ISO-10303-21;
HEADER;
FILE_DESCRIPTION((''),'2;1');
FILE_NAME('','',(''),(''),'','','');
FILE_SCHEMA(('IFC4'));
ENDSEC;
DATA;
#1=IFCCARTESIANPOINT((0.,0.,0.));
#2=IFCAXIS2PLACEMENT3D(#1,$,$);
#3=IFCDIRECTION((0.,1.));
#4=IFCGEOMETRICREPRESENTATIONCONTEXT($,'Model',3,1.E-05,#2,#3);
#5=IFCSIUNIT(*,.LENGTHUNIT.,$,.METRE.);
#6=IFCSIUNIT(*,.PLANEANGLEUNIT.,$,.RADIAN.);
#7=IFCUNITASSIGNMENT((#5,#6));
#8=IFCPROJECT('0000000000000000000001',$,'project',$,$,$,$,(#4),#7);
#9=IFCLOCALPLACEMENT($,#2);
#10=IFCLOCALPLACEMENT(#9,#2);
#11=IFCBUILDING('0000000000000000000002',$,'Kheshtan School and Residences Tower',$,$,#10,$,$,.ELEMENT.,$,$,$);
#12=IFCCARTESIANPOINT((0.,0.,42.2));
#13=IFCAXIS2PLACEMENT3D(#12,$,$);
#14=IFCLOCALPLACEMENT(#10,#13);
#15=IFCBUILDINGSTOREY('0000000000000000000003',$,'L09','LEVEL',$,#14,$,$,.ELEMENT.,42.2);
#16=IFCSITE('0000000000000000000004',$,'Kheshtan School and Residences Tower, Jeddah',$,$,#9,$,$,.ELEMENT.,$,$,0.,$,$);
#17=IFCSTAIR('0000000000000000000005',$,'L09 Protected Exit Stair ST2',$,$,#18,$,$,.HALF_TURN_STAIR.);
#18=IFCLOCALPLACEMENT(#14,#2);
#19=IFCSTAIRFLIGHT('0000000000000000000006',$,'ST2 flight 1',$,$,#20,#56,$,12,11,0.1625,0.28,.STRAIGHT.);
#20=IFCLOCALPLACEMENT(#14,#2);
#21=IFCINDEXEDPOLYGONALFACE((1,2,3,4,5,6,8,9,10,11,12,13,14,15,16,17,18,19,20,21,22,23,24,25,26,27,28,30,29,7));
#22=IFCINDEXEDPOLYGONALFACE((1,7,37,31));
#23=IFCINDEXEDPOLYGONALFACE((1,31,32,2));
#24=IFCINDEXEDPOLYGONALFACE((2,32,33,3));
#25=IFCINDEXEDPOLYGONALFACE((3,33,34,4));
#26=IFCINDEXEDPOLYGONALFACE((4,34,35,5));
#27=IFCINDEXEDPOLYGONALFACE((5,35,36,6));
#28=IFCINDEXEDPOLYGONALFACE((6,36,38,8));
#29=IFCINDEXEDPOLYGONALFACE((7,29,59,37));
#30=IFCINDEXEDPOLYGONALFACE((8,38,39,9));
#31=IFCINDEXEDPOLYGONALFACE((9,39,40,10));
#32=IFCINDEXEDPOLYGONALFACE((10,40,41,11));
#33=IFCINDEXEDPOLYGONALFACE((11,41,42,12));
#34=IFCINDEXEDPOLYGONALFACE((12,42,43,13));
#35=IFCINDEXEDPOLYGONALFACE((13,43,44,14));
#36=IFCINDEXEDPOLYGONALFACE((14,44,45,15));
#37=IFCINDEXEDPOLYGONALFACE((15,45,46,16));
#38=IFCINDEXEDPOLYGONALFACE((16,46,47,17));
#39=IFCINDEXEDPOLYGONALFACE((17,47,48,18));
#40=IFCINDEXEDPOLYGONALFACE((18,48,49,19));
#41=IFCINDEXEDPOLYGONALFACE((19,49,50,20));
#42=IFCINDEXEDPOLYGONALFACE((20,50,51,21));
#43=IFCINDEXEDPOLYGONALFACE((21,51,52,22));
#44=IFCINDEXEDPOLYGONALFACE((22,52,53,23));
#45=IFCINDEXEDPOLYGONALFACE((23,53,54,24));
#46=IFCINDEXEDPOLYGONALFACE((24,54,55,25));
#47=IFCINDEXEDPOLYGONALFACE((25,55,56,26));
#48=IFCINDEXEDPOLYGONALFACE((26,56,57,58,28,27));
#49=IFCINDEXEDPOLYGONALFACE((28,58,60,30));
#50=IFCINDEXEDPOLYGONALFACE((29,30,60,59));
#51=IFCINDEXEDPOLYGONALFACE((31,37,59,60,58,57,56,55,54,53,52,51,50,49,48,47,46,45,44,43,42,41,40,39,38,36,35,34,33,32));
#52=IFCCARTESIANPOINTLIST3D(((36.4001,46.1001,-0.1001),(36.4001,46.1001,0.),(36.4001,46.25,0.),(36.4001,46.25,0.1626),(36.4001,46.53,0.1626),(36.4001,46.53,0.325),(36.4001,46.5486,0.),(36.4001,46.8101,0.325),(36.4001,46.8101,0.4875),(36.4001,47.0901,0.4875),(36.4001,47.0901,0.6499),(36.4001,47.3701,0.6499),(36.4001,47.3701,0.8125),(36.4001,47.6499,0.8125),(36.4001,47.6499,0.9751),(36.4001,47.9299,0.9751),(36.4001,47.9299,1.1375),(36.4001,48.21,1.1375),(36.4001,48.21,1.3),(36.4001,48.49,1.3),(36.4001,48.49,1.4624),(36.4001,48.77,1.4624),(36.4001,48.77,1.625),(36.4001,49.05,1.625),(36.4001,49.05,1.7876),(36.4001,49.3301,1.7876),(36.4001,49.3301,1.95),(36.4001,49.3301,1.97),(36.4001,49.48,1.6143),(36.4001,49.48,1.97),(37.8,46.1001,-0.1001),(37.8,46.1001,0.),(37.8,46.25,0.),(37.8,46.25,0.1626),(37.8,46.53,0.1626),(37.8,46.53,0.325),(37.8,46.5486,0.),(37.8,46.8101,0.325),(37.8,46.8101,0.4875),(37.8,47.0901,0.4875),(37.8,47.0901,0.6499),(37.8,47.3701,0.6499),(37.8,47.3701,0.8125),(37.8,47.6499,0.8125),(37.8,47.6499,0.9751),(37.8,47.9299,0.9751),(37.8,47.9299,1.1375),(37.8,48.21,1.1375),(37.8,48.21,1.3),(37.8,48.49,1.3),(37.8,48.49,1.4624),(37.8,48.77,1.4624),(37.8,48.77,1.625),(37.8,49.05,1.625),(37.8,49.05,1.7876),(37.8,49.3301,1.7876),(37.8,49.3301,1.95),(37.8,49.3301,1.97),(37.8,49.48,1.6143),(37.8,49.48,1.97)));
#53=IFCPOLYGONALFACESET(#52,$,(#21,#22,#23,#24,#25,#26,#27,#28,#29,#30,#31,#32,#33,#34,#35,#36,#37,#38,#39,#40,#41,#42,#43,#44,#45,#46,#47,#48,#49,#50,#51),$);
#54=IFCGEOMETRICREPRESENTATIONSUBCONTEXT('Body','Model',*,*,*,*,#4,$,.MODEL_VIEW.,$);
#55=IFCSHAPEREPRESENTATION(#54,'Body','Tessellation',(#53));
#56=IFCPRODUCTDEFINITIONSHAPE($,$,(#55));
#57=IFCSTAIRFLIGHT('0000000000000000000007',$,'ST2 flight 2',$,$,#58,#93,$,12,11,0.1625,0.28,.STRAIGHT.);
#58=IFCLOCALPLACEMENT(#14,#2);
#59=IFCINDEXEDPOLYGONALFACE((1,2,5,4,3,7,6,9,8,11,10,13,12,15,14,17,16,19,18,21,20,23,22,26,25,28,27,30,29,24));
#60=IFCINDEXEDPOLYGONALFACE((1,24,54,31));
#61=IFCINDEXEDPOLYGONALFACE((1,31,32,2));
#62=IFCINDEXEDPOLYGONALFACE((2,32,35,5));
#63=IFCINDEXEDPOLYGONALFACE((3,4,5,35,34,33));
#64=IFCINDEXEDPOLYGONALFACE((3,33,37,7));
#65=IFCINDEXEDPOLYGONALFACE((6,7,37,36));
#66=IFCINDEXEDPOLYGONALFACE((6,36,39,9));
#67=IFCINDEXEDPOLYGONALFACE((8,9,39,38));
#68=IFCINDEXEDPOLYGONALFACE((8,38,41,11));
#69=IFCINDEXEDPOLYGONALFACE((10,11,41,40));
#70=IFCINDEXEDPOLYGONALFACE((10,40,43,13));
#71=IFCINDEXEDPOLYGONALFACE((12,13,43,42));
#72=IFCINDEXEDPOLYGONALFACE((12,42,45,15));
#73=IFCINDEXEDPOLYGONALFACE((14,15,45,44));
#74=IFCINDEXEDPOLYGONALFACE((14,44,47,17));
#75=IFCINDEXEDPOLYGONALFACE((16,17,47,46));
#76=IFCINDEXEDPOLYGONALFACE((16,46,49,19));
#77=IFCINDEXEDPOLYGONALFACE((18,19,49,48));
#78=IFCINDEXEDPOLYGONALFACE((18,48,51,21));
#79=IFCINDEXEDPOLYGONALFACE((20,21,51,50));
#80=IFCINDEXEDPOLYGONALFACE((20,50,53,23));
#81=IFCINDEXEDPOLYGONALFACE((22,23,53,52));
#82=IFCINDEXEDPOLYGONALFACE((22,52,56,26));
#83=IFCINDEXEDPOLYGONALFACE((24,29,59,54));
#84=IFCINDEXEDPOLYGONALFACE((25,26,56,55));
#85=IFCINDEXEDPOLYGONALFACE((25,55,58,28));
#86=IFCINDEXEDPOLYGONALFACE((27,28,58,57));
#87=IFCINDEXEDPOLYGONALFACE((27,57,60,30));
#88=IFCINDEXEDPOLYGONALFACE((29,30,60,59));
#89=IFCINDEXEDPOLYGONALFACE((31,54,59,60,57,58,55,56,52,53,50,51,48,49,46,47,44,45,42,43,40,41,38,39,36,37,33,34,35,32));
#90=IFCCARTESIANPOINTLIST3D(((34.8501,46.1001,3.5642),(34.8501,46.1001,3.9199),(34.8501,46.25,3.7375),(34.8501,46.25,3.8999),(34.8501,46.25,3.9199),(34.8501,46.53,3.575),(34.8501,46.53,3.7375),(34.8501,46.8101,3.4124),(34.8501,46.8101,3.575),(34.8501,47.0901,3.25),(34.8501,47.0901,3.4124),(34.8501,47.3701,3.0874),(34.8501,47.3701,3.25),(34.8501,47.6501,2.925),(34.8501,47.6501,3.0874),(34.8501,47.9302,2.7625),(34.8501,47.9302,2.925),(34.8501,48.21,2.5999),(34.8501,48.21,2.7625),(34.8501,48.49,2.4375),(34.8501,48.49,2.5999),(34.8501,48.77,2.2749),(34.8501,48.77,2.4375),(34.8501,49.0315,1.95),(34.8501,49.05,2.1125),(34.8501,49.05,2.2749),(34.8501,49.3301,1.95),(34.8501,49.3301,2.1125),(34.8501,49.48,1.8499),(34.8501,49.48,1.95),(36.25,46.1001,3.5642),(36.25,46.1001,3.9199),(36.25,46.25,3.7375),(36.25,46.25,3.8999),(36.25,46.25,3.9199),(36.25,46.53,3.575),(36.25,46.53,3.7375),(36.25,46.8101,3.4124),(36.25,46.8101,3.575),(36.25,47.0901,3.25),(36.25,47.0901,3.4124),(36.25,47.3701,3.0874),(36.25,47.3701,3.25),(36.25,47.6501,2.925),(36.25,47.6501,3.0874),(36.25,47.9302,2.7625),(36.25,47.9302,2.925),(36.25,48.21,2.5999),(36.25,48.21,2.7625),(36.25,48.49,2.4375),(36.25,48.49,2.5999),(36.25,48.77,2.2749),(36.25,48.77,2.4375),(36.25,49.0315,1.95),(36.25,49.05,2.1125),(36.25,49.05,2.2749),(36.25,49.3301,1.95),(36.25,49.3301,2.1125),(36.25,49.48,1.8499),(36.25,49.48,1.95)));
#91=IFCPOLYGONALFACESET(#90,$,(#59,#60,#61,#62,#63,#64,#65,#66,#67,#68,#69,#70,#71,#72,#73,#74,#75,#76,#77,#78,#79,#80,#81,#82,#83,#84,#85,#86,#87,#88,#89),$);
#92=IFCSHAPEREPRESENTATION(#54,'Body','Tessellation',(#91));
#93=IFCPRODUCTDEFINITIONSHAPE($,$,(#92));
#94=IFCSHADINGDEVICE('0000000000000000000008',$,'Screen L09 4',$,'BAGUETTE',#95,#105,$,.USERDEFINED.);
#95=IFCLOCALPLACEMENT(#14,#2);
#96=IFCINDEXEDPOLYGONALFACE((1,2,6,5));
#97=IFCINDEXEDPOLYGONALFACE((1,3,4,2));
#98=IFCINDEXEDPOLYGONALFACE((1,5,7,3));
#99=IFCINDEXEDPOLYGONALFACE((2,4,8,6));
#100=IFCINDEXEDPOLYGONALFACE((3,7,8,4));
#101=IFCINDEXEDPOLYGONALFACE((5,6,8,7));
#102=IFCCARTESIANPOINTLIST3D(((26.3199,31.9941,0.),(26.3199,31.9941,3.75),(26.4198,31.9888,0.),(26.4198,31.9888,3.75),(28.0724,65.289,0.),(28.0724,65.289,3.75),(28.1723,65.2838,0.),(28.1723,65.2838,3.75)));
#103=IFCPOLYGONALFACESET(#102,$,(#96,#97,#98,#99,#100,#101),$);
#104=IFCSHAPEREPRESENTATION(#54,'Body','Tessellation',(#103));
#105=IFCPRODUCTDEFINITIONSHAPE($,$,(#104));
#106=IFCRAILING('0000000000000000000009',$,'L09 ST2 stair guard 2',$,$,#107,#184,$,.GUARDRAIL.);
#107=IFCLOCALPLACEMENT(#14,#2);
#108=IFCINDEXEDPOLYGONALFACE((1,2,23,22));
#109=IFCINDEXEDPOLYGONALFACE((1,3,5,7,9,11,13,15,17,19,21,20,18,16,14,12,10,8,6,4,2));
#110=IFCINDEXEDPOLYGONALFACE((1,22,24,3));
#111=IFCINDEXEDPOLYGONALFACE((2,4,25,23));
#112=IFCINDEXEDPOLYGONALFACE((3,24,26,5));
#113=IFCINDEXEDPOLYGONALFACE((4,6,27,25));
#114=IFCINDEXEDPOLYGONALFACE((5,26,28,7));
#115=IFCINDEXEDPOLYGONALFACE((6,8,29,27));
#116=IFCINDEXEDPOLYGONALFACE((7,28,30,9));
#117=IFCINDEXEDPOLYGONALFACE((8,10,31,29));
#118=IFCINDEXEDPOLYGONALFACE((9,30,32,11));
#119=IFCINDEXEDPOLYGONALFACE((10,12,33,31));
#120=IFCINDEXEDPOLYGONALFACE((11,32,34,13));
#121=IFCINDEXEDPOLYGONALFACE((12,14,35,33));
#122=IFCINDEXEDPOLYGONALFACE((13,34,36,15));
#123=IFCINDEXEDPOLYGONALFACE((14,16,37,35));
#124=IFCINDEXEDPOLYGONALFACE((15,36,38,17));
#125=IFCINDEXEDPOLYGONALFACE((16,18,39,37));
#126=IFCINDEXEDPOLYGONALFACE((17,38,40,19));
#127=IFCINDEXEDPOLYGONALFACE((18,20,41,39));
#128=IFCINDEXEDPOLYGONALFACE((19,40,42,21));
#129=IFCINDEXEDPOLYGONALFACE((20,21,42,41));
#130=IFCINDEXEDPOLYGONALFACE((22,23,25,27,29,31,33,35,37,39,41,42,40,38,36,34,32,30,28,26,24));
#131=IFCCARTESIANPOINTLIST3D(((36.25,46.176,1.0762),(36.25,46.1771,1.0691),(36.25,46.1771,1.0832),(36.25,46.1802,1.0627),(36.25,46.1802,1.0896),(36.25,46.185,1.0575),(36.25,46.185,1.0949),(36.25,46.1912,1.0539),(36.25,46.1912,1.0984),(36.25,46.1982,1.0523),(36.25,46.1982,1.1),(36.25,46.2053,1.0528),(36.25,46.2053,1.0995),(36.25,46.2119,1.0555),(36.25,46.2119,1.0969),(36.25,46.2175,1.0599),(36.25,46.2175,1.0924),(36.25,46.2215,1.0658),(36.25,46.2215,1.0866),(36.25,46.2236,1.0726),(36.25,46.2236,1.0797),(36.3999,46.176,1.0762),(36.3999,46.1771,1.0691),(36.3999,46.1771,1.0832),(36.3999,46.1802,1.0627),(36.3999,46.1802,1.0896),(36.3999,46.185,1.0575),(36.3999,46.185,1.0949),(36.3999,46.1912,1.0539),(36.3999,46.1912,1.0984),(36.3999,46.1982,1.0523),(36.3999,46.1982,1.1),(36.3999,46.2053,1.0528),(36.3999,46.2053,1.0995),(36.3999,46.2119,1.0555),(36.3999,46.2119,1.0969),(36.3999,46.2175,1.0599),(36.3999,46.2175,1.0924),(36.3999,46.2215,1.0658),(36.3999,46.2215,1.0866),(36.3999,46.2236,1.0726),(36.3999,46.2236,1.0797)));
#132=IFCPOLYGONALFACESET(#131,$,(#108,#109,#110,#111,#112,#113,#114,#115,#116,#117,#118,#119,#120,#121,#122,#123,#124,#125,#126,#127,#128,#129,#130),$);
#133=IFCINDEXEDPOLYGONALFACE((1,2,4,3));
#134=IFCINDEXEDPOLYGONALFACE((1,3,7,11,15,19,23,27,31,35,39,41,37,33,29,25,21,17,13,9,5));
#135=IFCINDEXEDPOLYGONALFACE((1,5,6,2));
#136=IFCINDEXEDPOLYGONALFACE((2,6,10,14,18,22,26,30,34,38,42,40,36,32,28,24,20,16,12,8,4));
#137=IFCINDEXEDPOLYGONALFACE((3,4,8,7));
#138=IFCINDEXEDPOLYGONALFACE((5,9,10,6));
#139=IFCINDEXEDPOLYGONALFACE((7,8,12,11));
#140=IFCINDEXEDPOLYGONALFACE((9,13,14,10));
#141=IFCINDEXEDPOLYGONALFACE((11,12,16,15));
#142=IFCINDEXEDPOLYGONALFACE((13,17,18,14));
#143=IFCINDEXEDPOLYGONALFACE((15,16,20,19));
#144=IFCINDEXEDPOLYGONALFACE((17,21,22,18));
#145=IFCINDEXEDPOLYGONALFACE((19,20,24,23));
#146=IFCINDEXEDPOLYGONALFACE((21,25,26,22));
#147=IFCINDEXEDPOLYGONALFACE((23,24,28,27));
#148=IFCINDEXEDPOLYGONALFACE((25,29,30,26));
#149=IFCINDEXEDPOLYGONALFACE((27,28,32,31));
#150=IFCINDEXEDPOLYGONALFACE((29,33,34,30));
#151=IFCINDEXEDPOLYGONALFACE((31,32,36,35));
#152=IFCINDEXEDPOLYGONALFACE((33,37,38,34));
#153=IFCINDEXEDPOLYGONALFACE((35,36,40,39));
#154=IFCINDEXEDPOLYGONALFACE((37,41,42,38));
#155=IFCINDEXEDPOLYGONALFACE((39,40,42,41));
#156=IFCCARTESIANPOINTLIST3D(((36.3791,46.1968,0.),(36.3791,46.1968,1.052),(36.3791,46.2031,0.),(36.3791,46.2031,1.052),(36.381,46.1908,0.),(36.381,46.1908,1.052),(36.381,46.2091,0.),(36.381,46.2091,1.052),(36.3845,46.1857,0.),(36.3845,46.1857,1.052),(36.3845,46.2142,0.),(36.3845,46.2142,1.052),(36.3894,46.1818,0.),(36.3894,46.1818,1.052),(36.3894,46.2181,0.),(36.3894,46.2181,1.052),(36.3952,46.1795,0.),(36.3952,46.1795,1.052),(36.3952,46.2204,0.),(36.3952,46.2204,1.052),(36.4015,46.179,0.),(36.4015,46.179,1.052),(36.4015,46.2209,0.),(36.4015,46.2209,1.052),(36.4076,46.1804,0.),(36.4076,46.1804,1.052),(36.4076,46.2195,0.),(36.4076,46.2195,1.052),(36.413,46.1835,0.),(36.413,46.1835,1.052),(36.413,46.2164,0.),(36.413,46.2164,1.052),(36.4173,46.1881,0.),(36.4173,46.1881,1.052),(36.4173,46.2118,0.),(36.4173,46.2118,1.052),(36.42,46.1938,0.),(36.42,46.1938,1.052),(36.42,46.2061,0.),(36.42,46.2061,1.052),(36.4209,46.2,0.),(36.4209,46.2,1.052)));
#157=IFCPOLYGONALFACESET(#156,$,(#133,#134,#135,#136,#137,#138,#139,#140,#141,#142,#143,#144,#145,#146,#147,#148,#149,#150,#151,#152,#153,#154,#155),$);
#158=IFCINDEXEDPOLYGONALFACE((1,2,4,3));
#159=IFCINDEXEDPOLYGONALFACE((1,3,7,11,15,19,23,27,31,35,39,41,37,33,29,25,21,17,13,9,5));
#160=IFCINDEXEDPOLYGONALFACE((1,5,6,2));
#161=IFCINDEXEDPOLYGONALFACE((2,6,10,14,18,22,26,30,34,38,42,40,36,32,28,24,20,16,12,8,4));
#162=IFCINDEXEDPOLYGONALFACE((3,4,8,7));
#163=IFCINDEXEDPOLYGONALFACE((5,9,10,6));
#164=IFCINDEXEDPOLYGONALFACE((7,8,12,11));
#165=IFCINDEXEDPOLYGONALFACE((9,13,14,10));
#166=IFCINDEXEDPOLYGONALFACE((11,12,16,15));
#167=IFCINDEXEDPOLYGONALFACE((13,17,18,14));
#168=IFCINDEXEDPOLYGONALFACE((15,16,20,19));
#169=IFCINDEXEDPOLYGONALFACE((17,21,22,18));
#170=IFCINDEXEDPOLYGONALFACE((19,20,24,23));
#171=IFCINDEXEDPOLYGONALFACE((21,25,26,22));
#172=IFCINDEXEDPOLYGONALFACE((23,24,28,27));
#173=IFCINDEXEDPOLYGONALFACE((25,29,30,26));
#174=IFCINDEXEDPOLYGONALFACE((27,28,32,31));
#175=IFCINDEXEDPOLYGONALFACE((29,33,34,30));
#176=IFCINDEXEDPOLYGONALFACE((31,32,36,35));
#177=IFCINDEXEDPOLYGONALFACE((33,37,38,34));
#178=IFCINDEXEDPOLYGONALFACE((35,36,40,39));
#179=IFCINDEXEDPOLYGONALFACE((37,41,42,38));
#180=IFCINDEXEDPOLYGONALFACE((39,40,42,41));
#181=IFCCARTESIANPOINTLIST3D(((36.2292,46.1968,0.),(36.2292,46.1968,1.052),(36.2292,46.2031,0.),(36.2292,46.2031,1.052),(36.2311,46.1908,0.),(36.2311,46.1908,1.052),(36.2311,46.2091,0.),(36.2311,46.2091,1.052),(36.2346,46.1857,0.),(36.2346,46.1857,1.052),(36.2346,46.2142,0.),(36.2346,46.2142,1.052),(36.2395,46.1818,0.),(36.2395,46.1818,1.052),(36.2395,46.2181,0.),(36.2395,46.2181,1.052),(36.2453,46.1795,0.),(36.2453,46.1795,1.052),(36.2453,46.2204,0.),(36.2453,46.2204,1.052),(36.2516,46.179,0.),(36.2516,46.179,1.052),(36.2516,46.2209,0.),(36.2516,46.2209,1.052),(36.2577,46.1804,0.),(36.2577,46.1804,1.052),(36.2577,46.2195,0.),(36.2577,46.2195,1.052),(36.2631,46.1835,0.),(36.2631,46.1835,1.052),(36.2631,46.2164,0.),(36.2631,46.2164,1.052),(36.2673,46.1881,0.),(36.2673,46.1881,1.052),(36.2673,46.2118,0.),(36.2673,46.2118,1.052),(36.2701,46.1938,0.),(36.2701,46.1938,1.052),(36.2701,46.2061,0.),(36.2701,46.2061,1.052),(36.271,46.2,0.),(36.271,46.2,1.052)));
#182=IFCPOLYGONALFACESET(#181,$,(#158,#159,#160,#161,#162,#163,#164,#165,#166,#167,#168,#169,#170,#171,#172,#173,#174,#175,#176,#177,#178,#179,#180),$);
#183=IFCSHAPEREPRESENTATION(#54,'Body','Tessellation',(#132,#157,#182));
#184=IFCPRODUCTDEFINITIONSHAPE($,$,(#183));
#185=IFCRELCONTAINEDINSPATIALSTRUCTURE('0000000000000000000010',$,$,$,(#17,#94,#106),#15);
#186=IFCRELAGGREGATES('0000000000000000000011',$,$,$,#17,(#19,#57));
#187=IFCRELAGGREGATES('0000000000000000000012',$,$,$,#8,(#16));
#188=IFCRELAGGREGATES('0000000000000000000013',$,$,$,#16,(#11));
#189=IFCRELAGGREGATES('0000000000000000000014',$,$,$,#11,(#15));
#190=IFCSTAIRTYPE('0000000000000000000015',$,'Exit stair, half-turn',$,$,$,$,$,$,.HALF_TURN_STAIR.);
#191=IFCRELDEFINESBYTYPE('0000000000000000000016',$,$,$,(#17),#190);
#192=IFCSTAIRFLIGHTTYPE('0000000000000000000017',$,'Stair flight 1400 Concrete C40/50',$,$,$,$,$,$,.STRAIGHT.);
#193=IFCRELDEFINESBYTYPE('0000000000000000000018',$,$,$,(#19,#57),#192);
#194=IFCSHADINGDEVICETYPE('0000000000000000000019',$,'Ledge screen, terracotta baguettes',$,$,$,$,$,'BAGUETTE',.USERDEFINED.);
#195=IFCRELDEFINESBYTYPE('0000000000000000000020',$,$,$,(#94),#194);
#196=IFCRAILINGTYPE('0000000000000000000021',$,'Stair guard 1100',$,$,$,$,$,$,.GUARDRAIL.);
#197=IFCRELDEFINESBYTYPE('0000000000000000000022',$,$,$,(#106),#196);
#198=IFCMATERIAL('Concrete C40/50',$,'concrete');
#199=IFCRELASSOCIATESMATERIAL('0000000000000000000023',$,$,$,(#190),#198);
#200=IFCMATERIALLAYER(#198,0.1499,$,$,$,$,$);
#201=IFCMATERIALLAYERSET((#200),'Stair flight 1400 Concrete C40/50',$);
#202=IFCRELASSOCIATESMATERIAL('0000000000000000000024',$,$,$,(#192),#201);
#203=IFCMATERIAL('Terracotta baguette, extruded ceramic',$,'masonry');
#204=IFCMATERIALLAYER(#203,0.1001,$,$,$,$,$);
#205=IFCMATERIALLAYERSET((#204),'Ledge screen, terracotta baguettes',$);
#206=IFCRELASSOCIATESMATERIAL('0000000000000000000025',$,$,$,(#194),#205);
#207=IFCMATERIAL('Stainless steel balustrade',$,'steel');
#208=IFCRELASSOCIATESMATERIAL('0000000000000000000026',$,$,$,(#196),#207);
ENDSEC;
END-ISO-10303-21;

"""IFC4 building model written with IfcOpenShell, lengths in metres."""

from ifc_helpers import new_model, si_unit, direction, frame, origin, origin_2d, place, context, subcontext, project, spatial, polyline, rectangle, circle, outline, extrude, material, layer, layer_set, type_object, element, aggregate, save


model = new_model("IFC4")

# Units and contexts
model_context = context("Model", 3, precision=1e-05, world=origin(), true_north=direction((0.0, 1.0)))
body_context = subcontext(model_context, "Body", "Model", "MODEL_VIEW")
ifc_project = project(units=[si_unit("LENGTHUNIT", "METRE"), si_unit("PLANEANGLEUNIT", "RADIAN")], contexts=[model_context])

# Site, building, storey
site_placement = place(None, origin())
site = spatial("IfcSite", under=ifc_project, at=site_placement, Name="Kheshtan School and Residences Tower, Jeddah", CompositionType="ELEMENT", RefElevation=0.0)
building_placement = place(site_placement, origin())
building = spatial("IfcBuilding", under=site, at=building_placement, Name="Kheshtan School and Residences Tower", CompositionType="ELEMENT")
storey_placement = place(building_placement, frame((0.0, 0.0, 42.2)))
storey = spatial("IfcBuildingStorey", under=building, at=storey_placement, Name="L09", Description="LEVEL", CompositionType="ELEMENT", Elevation=42.2)

# Shared definitions
ifc_material_1 = material(Name="Concrete C40/50", Category="concrete")

# Stair, stair flights
stair_type = type_object("IfcStairType", Name="Exit stair, half-turn", PredefinedType="HALF_TURN_STAIR", material=ifc_material_1)
stair_placement = place(storey_placement, origin())
stair = element("IfcStair", 1, at=stair_placement, inside=storey, type_object=stair_type, Name="L09 Protected Exit Stair ST2", PredefinedType="HALF_TURN_STAIR")
ifc_layer_1 = layer(ifc_material_1, 0.1499)
ifc_layer_set_1 = layer_set([ifc_layer_1], Name="Stair flight 1400 Concrete C40/50")
stair_flight_type = type_object("IfcStairFlightType", Name="Stair flight 1400 Concrete C40/50", PredefinedType="STRAIGHT", material=ifc_layer_set_1)
stair_flight_1_placement = place(storey_placement, frame((37.1001, 46.25, 0.0), z_axis=(0.0, 0.0, 1.0), x_axis=(0.0, 1.0, 0.0)))
stair_flight_1 = element("IfcStairFlight", 2, at=stair_flight_1_placement, type_object=stair_flight_type, Name="ST2 flight 1", NumberOfRisers=12, NumberOfTreads=11, PredefinedType="STRAIGHT", RiserHeight=0.1625, TreadLength=0.28, context=body_context, shape_type="SweptSolid", body=[
    extrude(outline(polyline([(-0.1499, -0.1001), (-0.1499, 0.0), (0.0, 0.0), (0.0, 0.1626), (0.28, 0.1626), (0.28, 0.325), (0.5601, 0.325), (0.5601, 0.4875), (0.8401, 0.4875), (0.8401, 0.6499), (1.1201, 0.6499), (1.1201, 0.8125), (1.3999, 0.8125), (1.3999, 0.9751), (1.6799, 0.9751), (1.6799, 1.1375), (1.96, 1.1375), (1.96, 1.3), (2.24, 1.3), (2.24, 1.4624), (2.52, 1.4624), (2.52, 1.625), (2.8, 1.625), (2.8, 1.7876), (3.0801, 1.7876), (3.0801, 1.95), (3.0801, 1.97), (3.23, 1.97), (3.23, 1.6143), (0.2986, 0.0), (-0.1499, -0.1001)])), frame((0.0, 0.7, 0.0), z_axis=(0.0, -1.0, 0.0), x_axis=(1.0, 0.0, 0.0)), (0.0, 0.0, 1.0), 1.3999),
])
stair_flight_2_placement = place(storey_placement, frame((35.55, 49.3301, 1.95), z_axis=(0.0, 0.0, 1.0), x_axis=(0.0, -1.0, 0.0)))
stair_flight_2 = element("IfcStairFlight", 3, at=stair_flight_2_placement, type_object=stair_flight_type, Name="ST2 flight 2", NumberOfRisers=12, NumberOfTreads=11, PredefinedType="STRAIGHT", RiserHeight=0.1625, TreadLength=0.28, context=body_context, shape_type="SweptSolid", body=[
    extrude(outline(polyline([(-0.1499, -0.1001), (-0.1499, 0.0), (0.0, 0.0), (0.0, 0.1626), (0.28, 0.1626), (0.28, 0.325), (0.5601, 0.325), (0.5601, 0.4875), (0.8401, 0.4875), (0.8401, 0.6499), (1.1201, 0.6499), (1.1201, 0.8125), (1.3999, 0.8125), (1.3999, 0.9751), (1.6799, 0.9751), (1.6799, 1.1375), (1.96, 1.1375), (1.96, 1.3), (2.24, 1.3), (2.24, 1.4624), (2.52, 1.4624), (2.52, 1.625), (2.8, 1.625), (2.8, 1.7876), (3.0801, 1.7876), (3.0801, 1.95), (3.0801, 1.97), (3.23, 1.97), (3.23, 1.6143), (0.2986, 0.0), (-0.1499, -0.1001)])), frame((0.0, 0.7, 0.0), z_axis=(0.0, -1.0, 0.0), x_axis=(1.0, 0.0, 0.0)), (0.0, 0.0, 1.0), 1.3999),
])
aggregate(stair, [stair_flight_1, stair_flight_2])

# Shading device
ifc_material_2 = material(Name="Terracotta baguette, extruded ceramic", Category="masonry")
ifc_layer_2 = layer(ifc_material_2, 0.1001)
ifc_layer_set_2 = layer_set([ifc_layer_2], Name="Ledge screen, terracotta baguettes")
shading_device_type = type_object("IfcShadingDeviceType", Name="Ledge screen, terracotta baguettes", ElementType="BAGUETTE", PredefinedType="USERDEFINED", material=ifc_layer_set_2)
shading_device_placement = place(storey_placement, frame((27.2461, 48.6389, 0.0), z_axis=(0.0, 0.0, 1.0), x_axis=(0.052563, 0.998618, 0.0)))
element("IfcShadingDevice", 4, at=shading_device_placement, inside=storey, type_object=shading_device_type, Name="Screen L09 4", ObjectType="BAGUETTE", PredefinedType="USERDEFINED", context=body_context, shape_type="SweptSolid", body=[
    extrude(rectangle(XDim=33.3411, YDim=0.1001, at=origin_2d()), origin(), (0.0, 0.0, 1.0), 3.75),
])

# Railing
ifc_material_3 = material(Name="Stainless steel balustrade", Category="steel")
railing_type_1 = type_object("IfcRailingType", Name="Stair guard 1100", PredefinedType="GUARDRAIL", material=ifc_material_3)
railing_1_placement = place(storey_placement, frame((36.3999, 46.2, 0.0)))
element("IfcRailing", 5, at=railing_1_placement, inside=storey, type_object=railing_type_1, Name="L09 ST2 stair guard 2", PredefinedType="GUARDRAIL", context=body_context, shape_type="SweptSolid", body=[
    extrude(circle(Radius=0.0239, at=origin_2d()), frame((0.0, 0.0, 1.0762), z_axis=(-1.0, 0.0, 0.0), x_axis=(0.0, -1.0, 0.0)), (0.0, 0.0, 1.0), 0.1499),
    extrude(circle(Radius=0.021, at=origin_2d()), origin(), (0.0, 0.0, 1.0), 1.052),
    extrude(circle(Radius=0.021, at=origin_2d()), frame((-0.1499, 0.0, 0.0)), (0.0, 0.0, 1.0), 1.052),
])

save(model, "model.ifc")
